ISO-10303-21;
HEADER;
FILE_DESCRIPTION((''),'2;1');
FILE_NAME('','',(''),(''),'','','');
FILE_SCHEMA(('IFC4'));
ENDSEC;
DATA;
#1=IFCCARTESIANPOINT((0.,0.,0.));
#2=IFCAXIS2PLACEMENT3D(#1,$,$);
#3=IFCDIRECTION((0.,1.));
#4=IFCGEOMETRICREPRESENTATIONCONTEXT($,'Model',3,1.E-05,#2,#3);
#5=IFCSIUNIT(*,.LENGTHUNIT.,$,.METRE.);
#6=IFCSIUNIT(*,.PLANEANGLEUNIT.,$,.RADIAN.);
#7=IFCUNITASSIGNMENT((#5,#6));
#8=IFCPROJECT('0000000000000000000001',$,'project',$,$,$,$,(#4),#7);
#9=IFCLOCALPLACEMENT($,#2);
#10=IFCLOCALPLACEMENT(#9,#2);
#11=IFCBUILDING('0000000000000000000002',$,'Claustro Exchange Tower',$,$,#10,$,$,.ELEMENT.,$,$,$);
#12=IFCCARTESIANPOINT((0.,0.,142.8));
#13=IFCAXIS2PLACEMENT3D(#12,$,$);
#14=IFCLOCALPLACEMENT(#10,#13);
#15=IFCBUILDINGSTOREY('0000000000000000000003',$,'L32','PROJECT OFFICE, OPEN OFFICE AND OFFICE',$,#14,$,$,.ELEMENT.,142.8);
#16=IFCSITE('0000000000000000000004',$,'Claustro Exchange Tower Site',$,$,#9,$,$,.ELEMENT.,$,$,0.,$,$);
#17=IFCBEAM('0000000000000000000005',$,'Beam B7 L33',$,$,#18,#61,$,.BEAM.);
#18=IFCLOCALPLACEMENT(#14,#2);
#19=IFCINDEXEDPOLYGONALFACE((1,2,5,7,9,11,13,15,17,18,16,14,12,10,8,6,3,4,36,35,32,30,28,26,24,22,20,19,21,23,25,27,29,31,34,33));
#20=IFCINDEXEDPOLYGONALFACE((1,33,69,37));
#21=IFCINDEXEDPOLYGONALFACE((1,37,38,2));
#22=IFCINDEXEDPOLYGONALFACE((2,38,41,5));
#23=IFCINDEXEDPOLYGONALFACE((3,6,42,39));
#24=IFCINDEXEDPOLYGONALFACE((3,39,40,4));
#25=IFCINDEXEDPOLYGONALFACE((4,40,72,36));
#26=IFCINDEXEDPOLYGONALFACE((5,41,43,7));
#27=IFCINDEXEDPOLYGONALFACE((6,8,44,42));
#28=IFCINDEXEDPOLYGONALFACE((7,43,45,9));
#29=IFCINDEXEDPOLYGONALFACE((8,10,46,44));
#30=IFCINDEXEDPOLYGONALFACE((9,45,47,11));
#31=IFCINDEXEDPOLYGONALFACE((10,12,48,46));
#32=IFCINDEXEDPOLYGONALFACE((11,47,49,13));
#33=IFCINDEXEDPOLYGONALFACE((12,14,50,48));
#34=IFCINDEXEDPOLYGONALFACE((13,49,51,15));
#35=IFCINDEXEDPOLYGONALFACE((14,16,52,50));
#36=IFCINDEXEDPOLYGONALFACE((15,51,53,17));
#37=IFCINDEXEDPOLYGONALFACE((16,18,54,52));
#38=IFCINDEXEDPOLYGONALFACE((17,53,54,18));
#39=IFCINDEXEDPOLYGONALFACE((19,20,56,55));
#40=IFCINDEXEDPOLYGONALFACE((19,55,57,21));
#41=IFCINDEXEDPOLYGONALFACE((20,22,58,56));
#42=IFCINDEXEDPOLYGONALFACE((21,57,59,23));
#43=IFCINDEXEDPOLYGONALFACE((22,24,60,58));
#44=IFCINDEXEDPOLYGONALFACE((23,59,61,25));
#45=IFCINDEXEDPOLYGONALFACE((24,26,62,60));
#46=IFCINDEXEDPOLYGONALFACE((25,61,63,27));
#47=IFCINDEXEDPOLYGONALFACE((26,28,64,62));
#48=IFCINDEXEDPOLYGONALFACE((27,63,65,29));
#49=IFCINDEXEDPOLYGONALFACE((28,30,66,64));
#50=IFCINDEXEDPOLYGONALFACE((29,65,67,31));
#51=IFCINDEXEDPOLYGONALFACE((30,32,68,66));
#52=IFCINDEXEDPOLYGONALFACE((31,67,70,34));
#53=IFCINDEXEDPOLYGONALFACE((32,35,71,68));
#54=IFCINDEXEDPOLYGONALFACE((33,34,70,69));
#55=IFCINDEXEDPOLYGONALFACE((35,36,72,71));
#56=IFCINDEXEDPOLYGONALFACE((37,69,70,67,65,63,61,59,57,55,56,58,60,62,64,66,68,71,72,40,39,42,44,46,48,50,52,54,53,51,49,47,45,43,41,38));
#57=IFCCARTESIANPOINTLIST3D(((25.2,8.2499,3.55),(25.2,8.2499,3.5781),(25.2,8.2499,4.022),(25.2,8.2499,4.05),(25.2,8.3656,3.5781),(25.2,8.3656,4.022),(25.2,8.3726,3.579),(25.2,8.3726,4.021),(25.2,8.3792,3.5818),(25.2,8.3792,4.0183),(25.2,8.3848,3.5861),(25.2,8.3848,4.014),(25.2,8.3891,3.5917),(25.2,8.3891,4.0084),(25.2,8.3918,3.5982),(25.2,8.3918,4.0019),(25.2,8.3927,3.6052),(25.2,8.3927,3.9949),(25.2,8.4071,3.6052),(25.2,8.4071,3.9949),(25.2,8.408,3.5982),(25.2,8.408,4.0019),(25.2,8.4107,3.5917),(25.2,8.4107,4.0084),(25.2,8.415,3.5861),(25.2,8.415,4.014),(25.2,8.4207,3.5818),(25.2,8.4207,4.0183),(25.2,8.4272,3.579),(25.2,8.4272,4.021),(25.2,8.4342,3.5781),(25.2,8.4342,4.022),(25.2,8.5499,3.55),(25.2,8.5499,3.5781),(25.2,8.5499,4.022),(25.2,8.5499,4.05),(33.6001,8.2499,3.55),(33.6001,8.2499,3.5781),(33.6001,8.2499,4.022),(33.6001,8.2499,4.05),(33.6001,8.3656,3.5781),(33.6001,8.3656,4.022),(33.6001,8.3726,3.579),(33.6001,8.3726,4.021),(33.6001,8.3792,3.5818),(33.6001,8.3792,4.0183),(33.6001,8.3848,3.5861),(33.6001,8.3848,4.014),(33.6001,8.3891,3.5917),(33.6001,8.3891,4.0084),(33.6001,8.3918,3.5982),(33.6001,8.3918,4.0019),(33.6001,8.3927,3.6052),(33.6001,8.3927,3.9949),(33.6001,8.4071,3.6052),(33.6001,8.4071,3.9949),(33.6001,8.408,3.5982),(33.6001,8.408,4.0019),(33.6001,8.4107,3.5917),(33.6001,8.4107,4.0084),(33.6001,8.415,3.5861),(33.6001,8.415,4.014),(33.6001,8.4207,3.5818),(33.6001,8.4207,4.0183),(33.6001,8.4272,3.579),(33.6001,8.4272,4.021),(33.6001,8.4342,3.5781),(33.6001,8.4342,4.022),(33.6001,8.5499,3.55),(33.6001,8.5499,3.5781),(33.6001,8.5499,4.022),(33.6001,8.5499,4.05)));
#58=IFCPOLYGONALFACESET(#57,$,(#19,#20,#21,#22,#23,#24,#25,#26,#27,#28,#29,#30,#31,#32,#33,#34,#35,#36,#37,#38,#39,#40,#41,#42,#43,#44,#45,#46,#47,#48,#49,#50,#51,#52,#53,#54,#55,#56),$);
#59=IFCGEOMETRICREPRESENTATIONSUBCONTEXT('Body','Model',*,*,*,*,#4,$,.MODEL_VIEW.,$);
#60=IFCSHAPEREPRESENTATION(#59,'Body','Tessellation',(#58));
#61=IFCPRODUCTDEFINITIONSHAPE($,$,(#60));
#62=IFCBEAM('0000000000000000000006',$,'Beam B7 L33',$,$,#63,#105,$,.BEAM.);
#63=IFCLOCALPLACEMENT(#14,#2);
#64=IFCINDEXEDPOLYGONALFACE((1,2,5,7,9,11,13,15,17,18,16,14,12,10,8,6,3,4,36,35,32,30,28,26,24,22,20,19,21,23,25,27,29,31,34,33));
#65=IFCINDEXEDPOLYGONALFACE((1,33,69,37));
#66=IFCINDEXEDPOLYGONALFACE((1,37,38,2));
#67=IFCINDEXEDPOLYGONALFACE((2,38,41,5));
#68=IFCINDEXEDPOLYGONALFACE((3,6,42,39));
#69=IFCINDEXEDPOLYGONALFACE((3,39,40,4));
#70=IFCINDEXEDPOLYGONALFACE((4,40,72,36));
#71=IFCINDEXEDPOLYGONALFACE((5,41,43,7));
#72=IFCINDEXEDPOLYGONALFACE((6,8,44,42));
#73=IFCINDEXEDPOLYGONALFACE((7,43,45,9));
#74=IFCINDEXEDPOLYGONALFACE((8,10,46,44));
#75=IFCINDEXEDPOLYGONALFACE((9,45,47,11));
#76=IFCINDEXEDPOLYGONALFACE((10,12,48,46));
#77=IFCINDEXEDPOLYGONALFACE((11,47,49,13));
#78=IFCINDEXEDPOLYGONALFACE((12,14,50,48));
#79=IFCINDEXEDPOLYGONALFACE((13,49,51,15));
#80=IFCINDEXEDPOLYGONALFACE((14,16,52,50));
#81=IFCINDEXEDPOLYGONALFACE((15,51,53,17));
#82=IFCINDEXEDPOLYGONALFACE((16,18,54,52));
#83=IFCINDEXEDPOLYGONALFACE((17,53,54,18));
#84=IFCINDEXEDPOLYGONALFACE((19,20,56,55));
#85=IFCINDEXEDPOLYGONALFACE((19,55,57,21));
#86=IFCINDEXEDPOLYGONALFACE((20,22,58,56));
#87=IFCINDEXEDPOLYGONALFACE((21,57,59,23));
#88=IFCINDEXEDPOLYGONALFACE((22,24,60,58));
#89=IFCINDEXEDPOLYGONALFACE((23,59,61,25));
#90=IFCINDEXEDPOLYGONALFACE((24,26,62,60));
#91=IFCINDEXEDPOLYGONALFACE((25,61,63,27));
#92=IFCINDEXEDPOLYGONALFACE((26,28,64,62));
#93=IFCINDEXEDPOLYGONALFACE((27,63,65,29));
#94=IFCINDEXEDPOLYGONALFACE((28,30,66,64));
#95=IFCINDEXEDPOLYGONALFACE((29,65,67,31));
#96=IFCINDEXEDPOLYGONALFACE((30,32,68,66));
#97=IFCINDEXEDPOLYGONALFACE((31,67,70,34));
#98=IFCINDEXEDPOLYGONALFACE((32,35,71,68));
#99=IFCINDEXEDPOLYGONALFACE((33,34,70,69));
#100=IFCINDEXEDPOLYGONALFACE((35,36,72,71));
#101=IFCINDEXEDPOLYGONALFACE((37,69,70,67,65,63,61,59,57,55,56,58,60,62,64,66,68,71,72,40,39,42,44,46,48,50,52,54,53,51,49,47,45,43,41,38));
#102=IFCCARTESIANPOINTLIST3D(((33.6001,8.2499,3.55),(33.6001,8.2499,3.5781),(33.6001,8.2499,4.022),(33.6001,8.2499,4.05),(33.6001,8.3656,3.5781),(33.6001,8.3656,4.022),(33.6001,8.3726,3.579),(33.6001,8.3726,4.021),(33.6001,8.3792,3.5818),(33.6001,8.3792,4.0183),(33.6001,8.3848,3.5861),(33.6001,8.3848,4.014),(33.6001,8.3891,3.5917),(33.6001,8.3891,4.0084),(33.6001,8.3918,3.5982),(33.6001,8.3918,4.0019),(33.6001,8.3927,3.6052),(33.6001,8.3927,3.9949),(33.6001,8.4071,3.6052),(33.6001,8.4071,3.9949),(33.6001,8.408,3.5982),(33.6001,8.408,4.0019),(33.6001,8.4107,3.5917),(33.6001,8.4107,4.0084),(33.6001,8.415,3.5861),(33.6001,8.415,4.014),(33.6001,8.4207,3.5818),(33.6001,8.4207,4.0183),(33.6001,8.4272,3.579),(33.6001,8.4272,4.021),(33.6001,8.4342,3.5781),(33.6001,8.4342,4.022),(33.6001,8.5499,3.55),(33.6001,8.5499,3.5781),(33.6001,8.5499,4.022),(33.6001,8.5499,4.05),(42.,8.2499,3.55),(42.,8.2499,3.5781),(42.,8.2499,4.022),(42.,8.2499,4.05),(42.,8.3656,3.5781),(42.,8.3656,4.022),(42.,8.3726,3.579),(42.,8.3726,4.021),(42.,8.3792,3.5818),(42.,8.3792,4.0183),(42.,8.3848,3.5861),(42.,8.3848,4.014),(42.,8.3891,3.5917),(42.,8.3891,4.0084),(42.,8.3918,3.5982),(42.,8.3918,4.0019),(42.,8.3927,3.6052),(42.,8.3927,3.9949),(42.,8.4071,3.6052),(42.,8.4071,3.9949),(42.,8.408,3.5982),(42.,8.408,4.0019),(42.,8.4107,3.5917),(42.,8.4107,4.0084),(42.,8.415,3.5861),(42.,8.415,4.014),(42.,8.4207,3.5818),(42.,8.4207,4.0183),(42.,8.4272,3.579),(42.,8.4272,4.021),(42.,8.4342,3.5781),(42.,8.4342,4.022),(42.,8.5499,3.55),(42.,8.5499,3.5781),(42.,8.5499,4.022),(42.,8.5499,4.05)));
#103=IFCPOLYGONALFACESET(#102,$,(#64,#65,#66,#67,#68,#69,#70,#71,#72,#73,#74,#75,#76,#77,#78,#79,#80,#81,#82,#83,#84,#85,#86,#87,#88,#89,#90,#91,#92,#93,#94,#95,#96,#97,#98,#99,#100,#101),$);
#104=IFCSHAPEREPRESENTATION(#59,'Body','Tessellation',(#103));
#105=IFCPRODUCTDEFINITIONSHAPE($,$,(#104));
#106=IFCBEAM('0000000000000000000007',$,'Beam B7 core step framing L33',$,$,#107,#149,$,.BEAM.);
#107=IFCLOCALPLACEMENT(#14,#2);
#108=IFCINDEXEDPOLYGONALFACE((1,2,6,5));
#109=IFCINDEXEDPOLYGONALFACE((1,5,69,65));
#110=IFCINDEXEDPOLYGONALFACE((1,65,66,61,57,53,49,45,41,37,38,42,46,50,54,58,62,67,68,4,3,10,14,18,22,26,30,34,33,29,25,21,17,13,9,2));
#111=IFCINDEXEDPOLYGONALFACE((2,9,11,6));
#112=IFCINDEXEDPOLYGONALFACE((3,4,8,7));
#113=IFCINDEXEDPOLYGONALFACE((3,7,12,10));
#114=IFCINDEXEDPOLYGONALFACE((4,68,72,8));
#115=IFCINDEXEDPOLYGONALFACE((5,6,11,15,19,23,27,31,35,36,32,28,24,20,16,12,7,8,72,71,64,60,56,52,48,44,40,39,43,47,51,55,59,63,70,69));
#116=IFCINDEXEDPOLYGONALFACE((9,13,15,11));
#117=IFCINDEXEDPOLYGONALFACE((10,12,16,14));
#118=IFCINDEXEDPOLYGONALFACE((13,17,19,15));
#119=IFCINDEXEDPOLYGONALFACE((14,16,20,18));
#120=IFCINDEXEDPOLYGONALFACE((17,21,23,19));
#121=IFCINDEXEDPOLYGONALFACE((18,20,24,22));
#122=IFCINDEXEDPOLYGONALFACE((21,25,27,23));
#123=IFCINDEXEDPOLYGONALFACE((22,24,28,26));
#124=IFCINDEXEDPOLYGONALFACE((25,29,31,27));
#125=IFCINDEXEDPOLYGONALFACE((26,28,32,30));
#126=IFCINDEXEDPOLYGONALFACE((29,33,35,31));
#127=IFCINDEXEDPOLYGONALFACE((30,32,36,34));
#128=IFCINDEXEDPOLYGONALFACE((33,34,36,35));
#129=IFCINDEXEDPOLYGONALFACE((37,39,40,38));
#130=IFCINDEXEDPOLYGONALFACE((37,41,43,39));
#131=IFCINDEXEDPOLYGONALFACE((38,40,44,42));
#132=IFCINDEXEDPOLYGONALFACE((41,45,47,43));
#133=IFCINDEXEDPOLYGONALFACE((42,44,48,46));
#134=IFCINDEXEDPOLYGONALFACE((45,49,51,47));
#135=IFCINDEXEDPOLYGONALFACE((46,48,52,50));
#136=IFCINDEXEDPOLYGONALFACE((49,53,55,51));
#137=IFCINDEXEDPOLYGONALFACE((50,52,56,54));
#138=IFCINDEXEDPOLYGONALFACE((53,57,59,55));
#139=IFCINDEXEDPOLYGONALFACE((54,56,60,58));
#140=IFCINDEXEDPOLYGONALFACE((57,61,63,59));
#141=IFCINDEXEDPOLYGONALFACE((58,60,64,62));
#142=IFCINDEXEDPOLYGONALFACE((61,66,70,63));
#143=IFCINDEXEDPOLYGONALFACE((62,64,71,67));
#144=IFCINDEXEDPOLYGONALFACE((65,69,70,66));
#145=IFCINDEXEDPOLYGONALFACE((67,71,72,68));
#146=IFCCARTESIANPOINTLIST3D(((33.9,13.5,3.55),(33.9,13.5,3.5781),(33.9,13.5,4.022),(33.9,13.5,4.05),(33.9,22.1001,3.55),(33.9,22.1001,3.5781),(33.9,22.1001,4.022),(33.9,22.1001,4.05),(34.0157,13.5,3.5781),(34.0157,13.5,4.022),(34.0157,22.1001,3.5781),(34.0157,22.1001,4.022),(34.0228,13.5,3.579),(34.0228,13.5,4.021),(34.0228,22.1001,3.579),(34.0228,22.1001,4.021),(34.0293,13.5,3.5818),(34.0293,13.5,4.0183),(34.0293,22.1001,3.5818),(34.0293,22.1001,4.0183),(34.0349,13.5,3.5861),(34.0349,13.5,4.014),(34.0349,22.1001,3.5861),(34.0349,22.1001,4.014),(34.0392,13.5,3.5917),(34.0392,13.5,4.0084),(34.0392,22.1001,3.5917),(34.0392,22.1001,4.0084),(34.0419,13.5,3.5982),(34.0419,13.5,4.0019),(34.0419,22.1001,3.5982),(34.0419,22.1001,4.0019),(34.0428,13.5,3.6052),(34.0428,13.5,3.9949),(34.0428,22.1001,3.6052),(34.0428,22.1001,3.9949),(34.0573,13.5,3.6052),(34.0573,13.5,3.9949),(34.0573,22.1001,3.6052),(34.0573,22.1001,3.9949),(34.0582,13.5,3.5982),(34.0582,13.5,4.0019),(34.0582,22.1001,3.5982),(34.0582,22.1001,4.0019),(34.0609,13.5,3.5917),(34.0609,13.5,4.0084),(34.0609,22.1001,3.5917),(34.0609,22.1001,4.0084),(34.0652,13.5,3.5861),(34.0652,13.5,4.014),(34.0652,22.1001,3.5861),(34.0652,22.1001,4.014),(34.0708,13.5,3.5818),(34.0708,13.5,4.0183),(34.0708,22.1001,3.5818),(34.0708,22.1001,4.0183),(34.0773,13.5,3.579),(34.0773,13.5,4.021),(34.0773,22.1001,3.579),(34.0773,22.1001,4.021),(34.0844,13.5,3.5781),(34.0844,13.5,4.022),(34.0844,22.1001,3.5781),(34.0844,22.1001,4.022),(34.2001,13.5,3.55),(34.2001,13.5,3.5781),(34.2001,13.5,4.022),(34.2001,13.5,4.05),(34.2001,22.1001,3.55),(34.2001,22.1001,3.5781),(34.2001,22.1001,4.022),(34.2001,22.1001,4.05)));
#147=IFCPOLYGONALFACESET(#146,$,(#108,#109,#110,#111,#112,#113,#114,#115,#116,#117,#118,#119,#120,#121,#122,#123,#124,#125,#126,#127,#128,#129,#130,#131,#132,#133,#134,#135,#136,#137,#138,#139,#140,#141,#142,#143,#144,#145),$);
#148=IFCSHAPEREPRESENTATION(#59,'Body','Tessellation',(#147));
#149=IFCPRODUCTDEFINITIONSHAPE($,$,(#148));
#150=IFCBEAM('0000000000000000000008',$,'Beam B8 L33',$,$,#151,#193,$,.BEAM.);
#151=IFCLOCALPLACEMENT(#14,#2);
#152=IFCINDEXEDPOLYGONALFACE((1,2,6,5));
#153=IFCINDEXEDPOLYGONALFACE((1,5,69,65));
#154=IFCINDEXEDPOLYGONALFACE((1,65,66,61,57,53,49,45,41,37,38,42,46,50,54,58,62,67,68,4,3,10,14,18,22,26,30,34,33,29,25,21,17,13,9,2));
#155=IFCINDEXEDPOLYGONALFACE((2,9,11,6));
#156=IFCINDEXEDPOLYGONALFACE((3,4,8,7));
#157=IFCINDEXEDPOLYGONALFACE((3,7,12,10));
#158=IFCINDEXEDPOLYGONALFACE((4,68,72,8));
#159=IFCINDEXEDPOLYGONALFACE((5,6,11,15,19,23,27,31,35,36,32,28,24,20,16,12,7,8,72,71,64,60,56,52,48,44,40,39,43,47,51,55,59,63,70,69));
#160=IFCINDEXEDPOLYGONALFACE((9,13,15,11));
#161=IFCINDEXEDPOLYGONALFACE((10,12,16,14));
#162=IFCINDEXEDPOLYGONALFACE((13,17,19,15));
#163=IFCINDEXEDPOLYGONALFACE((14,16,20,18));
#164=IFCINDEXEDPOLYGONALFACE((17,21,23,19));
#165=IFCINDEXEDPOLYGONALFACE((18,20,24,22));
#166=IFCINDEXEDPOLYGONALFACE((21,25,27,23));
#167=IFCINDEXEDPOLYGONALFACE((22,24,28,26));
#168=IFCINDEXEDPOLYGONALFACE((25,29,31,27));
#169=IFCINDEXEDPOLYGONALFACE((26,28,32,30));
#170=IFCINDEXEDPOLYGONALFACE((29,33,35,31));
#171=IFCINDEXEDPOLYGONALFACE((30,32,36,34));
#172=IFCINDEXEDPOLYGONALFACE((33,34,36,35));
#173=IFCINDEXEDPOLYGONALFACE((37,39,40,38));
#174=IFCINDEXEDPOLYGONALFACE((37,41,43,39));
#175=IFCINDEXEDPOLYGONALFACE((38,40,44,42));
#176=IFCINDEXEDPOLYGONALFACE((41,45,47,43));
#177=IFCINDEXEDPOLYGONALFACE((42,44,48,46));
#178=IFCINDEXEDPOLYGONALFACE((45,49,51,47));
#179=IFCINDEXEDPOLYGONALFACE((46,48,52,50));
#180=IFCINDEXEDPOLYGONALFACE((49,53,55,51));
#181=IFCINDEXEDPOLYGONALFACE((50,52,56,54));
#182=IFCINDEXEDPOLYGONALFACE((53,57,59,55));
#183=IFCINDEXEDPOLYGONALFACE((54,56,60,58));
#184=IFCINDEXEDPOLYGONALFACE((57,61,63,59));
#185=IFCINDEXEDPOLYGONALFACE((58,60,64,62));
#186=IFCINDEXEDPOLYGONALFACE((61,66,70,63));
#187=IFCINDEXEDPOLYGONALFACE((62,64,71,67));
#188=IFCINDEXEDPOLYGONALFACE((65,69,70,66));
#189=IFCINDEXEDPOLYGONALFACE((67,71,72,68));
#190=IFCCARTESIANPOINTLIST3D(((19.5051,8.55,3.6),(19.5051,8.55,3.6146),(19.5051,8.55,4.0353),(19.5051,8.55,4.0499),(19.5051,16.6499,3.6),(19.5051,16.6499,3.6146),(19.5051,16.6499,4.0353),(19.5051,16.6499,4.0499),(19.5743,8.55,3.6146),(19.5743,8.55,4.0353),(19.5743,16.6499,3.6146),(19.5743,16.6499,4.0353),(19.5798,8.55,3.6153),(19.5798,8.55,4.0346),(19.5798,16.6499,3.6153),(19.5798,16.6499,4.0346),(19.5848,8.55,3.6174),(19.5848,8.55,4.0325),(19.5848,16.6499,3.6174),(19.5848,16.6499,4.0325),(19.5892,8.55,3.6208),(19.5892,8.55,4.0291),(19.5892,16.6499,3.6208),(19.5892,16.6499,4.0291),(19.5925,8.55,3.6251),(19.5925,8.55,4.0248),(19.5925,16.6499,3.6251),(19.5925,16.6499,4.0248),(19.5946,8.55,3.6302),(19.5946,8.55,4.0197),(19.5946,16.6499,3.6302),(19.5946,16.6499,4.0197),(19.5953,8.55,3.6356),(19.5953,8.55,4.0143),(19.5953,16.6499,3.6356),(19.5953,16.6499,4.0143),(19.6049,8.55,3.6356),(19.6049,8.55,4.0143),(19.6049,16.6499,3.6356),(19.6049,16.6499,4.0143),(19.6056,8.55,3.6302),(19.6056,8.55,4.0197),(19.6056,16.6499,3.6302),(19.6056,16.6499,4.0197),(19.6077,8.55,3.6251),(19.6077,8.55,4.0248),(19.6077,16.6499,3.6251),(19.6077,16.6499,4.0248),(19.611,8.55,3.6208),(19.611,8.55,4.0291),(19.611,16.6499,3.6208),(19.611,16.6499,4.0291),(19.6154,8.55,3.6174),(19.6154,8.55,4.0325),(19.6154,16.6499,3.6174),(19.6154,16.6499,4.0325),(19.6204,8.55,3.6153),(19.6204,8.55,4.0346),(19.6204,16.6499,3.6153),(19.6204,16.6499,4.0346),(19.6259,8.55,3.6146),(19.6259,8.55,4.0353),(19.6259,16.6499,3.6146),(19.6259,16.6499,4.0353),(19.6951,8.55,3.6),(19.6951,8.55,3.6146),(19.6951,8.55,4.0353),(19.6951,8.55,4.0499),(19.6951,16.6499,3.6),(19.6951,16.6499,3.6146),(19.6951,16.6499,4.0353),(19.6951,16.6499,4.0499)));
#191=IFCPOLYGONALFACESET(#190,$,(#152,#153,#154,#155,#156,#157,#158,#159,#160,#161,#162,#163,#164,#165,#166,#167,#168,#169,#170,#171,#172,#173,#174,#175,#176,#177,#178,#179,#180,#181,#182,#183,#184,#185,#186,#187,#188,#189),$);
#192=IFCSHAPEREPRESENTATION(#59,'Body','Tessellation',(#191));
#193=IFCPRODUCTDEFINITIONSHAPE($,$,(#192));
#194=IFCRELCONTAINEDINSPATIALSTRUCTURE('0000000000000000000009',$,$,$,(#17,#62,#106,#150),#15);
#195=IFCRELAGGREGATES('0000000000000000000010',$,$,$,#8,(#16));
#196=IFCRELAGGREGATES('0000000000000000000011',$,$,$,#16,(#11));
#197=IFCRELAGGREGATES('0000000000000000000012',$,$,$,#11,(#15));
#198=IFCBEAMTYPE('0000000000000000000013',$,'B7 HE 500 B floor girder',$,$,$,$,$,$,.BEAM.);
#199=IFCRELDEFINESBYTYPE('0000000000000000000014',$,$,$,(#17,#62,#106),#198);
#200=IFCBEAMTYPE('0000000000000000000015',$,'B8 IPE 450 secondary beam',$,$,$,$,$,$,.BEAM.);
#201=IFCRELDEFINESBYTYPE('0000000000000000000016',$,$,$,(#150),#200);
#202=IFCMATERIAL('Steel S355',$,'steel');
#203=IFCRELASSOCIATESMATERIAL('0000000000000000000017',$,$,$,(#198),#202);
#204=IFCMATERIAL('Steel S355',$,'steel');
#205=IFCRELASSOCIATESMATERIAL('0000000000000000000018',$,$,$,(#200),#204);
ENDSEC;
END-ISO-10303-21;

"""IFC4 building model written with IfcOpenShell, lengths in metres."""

from ifc_helpers import new_model, si_unit, direction, frame, origin, origin_2d, place, context, subcontext, project, spatial, i_section, extrude, material, material_profile, profile_set, type_object, element, save


model = new_model("IFC4")

# Units and contexts
model_context = context("Model", 3, precision=1e-05, world=origin(), true_north=direction((0.0, 1.0)))
body_context = subcontext(model_context, "Body", "Model", "MODEL_VIEW")
ifc_project = project(units=[si_unit("LENGTHUNIT", "METRE"), si_unit("PLANEANGLEUNIT", "RADIAN")], contexts=[model_context])

# Site, building, storey
site_placement = place(None, origin())
site = spatial("IfcSite", under=ifc_project, at=site_placement, Name="Claustro Exchange Tower Site", CompositionType="ELEMENT", RefElevation=0.0)
building_placement = place(site_placement, origin())
building = spatial("IfcBuilding", under=site, at=building_placement, Name="Claustro Exchange Tower", CompositionType="ELEMENT")
storey_placement = place(building_placement, frame((0.0, 0.0, 142.8)))
storey = spatial("IfcBuildingStorey", under=building, at=storey_placement, Name="L32", Description="PROJECT OFFICE, OPEN OFFICE AND OFFICE", CompositionType="ELEMENT", Elevation=142.8)

# Beams
ifc_material_1 = material(Name="Steel S355", Category="steel")
ifc_material_profile_1 = material_profile(ifc_material_1, i_section(OverallWidth=0.3, OverallDepth=0.5, WebThickness=0.0144, FlangeThickness=0.0281, FilletRadius=0.0271, at=origin_2d()), Name="HE 500 B")
ifc_profile_set_1 = profile_set([ifc_material_profile_1], Name="Steel S355")
beam_type_1 = type_object("IfcBeamType", Name="B7 HE 500 B floor girder", PredefinedType="BEAM", material=ifc_profile_set_1)
beam_1_placement = place(storey_placement, frame((25.2, 8.3999, 3.8), z_axis=(1.0, 0.0, 0.0), x_axis=(0.0, 1.0, 0.0)))
element("IfcBeam", 1, at=beam_1_placement, inside=storey, type_object=beam_type_1, Name="Beam B7 L33", PredefinedType="BEAM", context=body_context, shape_type="SweptSolid", body=[
    extrude(i_section(OverallWidth=0.3, OverallDepth=0.5, WebThickness=0.0144, FlangeThickness=0.0281, FilletRadius=0.0271, at=origin_2d()), origin(), (0.0, 0.0, 1.0), 8.4001),
])
beam_2_placement = place(storey_placement, frame((33.6001, 8.3999, 3.8), z_axis=(1.0, 0.0, 0.0), x_axis=(0.0, 1.0, 0.0)))
element("IfcBeam", 2, at=beam_2_placement, inside=storey, type_object=beam_type_1, Name="Beam B7 L33", PredefinedType="BEAM", context=body_context, shape_type="SweptSolid", body=[
    extrude(i_section(OverallWidth=0.3, OverallDepth=0.5, WebThickness=0.0144, FlangeThickness=0.0281, FilletRadius=0.0271, at=origin_2d()), origin(), (0.0, 0.0, 1.0), 8.3999),
])
beam_3_placement = place(storey_placement, frame((34.05, 13.5, 3.8), z_axis=(0.0, 1.0, 0.0), x_axis=(-1.0, 0.0, 0.0)))
element("IfcBeam", 3, at=beam_3_placement, inside=storey, type_object=beam_type_1, Name="Beam B7 core step framing L33", PredefinedType="BEAM", context=body_context, shape_type="SweptSolid", body=[
    extrude(i_section(OverallWidth=0.3, OverallDepth=0.5, WebThickness=0.0144, FlangeThickness=0.0281, FilletRadius=0.0271, at=origin_2d()), origin(), (0.0, 0.0, 1.0), 8.6001),
])
ifc_material_2 = material(Name="Steel S355", Category="steel")
ifc_material_profile_2 = material_profile(ifc_material_2, i_section(OverallWidth=0.1899, OverallDepth=0.45, WebThickness=0.0095, FlangeThickness=0.0146, FilletRadius=0.021, at=origin_2d()), Name="IPE 450")
ifc_profile_set_2 = profile_set([ifc_material_profile_2], Name="Steel S355")
beam_type_2 = type_object("IfcBeamType", Name="B8 IPE 450 secondary beam", PredefinedType="BEAM", material=ifc_profile_set_2)
for number, where, z_axis, x_axis, name in (
    (4, (19.6001, 8.55, 3.825), (0.0, 1.0, 0.0), (-1.0, 0.0, 0.0), "Beam B8 L33"),
):
    element("IfcBeam", number, at=place(storey_placement, frame(where, z_axis=z_axis, x_axis=x_axis)), inside=storey, type_object=beam_type_2, Name=name, PredefinedType="BEAM", context=body_context, shape_type="SweptSolid", body=[
        extrude(i_section(OverallWidth=0.1899, OverallDepth=0.45, WebThickness=0.0095, FlangeThickness=0.0146, FilletRadius=0.021, at=origin_2d()), origin(), (0.0, 0.0, 1.0), 8.0999),
    ])

save(model, "model.ifc")
